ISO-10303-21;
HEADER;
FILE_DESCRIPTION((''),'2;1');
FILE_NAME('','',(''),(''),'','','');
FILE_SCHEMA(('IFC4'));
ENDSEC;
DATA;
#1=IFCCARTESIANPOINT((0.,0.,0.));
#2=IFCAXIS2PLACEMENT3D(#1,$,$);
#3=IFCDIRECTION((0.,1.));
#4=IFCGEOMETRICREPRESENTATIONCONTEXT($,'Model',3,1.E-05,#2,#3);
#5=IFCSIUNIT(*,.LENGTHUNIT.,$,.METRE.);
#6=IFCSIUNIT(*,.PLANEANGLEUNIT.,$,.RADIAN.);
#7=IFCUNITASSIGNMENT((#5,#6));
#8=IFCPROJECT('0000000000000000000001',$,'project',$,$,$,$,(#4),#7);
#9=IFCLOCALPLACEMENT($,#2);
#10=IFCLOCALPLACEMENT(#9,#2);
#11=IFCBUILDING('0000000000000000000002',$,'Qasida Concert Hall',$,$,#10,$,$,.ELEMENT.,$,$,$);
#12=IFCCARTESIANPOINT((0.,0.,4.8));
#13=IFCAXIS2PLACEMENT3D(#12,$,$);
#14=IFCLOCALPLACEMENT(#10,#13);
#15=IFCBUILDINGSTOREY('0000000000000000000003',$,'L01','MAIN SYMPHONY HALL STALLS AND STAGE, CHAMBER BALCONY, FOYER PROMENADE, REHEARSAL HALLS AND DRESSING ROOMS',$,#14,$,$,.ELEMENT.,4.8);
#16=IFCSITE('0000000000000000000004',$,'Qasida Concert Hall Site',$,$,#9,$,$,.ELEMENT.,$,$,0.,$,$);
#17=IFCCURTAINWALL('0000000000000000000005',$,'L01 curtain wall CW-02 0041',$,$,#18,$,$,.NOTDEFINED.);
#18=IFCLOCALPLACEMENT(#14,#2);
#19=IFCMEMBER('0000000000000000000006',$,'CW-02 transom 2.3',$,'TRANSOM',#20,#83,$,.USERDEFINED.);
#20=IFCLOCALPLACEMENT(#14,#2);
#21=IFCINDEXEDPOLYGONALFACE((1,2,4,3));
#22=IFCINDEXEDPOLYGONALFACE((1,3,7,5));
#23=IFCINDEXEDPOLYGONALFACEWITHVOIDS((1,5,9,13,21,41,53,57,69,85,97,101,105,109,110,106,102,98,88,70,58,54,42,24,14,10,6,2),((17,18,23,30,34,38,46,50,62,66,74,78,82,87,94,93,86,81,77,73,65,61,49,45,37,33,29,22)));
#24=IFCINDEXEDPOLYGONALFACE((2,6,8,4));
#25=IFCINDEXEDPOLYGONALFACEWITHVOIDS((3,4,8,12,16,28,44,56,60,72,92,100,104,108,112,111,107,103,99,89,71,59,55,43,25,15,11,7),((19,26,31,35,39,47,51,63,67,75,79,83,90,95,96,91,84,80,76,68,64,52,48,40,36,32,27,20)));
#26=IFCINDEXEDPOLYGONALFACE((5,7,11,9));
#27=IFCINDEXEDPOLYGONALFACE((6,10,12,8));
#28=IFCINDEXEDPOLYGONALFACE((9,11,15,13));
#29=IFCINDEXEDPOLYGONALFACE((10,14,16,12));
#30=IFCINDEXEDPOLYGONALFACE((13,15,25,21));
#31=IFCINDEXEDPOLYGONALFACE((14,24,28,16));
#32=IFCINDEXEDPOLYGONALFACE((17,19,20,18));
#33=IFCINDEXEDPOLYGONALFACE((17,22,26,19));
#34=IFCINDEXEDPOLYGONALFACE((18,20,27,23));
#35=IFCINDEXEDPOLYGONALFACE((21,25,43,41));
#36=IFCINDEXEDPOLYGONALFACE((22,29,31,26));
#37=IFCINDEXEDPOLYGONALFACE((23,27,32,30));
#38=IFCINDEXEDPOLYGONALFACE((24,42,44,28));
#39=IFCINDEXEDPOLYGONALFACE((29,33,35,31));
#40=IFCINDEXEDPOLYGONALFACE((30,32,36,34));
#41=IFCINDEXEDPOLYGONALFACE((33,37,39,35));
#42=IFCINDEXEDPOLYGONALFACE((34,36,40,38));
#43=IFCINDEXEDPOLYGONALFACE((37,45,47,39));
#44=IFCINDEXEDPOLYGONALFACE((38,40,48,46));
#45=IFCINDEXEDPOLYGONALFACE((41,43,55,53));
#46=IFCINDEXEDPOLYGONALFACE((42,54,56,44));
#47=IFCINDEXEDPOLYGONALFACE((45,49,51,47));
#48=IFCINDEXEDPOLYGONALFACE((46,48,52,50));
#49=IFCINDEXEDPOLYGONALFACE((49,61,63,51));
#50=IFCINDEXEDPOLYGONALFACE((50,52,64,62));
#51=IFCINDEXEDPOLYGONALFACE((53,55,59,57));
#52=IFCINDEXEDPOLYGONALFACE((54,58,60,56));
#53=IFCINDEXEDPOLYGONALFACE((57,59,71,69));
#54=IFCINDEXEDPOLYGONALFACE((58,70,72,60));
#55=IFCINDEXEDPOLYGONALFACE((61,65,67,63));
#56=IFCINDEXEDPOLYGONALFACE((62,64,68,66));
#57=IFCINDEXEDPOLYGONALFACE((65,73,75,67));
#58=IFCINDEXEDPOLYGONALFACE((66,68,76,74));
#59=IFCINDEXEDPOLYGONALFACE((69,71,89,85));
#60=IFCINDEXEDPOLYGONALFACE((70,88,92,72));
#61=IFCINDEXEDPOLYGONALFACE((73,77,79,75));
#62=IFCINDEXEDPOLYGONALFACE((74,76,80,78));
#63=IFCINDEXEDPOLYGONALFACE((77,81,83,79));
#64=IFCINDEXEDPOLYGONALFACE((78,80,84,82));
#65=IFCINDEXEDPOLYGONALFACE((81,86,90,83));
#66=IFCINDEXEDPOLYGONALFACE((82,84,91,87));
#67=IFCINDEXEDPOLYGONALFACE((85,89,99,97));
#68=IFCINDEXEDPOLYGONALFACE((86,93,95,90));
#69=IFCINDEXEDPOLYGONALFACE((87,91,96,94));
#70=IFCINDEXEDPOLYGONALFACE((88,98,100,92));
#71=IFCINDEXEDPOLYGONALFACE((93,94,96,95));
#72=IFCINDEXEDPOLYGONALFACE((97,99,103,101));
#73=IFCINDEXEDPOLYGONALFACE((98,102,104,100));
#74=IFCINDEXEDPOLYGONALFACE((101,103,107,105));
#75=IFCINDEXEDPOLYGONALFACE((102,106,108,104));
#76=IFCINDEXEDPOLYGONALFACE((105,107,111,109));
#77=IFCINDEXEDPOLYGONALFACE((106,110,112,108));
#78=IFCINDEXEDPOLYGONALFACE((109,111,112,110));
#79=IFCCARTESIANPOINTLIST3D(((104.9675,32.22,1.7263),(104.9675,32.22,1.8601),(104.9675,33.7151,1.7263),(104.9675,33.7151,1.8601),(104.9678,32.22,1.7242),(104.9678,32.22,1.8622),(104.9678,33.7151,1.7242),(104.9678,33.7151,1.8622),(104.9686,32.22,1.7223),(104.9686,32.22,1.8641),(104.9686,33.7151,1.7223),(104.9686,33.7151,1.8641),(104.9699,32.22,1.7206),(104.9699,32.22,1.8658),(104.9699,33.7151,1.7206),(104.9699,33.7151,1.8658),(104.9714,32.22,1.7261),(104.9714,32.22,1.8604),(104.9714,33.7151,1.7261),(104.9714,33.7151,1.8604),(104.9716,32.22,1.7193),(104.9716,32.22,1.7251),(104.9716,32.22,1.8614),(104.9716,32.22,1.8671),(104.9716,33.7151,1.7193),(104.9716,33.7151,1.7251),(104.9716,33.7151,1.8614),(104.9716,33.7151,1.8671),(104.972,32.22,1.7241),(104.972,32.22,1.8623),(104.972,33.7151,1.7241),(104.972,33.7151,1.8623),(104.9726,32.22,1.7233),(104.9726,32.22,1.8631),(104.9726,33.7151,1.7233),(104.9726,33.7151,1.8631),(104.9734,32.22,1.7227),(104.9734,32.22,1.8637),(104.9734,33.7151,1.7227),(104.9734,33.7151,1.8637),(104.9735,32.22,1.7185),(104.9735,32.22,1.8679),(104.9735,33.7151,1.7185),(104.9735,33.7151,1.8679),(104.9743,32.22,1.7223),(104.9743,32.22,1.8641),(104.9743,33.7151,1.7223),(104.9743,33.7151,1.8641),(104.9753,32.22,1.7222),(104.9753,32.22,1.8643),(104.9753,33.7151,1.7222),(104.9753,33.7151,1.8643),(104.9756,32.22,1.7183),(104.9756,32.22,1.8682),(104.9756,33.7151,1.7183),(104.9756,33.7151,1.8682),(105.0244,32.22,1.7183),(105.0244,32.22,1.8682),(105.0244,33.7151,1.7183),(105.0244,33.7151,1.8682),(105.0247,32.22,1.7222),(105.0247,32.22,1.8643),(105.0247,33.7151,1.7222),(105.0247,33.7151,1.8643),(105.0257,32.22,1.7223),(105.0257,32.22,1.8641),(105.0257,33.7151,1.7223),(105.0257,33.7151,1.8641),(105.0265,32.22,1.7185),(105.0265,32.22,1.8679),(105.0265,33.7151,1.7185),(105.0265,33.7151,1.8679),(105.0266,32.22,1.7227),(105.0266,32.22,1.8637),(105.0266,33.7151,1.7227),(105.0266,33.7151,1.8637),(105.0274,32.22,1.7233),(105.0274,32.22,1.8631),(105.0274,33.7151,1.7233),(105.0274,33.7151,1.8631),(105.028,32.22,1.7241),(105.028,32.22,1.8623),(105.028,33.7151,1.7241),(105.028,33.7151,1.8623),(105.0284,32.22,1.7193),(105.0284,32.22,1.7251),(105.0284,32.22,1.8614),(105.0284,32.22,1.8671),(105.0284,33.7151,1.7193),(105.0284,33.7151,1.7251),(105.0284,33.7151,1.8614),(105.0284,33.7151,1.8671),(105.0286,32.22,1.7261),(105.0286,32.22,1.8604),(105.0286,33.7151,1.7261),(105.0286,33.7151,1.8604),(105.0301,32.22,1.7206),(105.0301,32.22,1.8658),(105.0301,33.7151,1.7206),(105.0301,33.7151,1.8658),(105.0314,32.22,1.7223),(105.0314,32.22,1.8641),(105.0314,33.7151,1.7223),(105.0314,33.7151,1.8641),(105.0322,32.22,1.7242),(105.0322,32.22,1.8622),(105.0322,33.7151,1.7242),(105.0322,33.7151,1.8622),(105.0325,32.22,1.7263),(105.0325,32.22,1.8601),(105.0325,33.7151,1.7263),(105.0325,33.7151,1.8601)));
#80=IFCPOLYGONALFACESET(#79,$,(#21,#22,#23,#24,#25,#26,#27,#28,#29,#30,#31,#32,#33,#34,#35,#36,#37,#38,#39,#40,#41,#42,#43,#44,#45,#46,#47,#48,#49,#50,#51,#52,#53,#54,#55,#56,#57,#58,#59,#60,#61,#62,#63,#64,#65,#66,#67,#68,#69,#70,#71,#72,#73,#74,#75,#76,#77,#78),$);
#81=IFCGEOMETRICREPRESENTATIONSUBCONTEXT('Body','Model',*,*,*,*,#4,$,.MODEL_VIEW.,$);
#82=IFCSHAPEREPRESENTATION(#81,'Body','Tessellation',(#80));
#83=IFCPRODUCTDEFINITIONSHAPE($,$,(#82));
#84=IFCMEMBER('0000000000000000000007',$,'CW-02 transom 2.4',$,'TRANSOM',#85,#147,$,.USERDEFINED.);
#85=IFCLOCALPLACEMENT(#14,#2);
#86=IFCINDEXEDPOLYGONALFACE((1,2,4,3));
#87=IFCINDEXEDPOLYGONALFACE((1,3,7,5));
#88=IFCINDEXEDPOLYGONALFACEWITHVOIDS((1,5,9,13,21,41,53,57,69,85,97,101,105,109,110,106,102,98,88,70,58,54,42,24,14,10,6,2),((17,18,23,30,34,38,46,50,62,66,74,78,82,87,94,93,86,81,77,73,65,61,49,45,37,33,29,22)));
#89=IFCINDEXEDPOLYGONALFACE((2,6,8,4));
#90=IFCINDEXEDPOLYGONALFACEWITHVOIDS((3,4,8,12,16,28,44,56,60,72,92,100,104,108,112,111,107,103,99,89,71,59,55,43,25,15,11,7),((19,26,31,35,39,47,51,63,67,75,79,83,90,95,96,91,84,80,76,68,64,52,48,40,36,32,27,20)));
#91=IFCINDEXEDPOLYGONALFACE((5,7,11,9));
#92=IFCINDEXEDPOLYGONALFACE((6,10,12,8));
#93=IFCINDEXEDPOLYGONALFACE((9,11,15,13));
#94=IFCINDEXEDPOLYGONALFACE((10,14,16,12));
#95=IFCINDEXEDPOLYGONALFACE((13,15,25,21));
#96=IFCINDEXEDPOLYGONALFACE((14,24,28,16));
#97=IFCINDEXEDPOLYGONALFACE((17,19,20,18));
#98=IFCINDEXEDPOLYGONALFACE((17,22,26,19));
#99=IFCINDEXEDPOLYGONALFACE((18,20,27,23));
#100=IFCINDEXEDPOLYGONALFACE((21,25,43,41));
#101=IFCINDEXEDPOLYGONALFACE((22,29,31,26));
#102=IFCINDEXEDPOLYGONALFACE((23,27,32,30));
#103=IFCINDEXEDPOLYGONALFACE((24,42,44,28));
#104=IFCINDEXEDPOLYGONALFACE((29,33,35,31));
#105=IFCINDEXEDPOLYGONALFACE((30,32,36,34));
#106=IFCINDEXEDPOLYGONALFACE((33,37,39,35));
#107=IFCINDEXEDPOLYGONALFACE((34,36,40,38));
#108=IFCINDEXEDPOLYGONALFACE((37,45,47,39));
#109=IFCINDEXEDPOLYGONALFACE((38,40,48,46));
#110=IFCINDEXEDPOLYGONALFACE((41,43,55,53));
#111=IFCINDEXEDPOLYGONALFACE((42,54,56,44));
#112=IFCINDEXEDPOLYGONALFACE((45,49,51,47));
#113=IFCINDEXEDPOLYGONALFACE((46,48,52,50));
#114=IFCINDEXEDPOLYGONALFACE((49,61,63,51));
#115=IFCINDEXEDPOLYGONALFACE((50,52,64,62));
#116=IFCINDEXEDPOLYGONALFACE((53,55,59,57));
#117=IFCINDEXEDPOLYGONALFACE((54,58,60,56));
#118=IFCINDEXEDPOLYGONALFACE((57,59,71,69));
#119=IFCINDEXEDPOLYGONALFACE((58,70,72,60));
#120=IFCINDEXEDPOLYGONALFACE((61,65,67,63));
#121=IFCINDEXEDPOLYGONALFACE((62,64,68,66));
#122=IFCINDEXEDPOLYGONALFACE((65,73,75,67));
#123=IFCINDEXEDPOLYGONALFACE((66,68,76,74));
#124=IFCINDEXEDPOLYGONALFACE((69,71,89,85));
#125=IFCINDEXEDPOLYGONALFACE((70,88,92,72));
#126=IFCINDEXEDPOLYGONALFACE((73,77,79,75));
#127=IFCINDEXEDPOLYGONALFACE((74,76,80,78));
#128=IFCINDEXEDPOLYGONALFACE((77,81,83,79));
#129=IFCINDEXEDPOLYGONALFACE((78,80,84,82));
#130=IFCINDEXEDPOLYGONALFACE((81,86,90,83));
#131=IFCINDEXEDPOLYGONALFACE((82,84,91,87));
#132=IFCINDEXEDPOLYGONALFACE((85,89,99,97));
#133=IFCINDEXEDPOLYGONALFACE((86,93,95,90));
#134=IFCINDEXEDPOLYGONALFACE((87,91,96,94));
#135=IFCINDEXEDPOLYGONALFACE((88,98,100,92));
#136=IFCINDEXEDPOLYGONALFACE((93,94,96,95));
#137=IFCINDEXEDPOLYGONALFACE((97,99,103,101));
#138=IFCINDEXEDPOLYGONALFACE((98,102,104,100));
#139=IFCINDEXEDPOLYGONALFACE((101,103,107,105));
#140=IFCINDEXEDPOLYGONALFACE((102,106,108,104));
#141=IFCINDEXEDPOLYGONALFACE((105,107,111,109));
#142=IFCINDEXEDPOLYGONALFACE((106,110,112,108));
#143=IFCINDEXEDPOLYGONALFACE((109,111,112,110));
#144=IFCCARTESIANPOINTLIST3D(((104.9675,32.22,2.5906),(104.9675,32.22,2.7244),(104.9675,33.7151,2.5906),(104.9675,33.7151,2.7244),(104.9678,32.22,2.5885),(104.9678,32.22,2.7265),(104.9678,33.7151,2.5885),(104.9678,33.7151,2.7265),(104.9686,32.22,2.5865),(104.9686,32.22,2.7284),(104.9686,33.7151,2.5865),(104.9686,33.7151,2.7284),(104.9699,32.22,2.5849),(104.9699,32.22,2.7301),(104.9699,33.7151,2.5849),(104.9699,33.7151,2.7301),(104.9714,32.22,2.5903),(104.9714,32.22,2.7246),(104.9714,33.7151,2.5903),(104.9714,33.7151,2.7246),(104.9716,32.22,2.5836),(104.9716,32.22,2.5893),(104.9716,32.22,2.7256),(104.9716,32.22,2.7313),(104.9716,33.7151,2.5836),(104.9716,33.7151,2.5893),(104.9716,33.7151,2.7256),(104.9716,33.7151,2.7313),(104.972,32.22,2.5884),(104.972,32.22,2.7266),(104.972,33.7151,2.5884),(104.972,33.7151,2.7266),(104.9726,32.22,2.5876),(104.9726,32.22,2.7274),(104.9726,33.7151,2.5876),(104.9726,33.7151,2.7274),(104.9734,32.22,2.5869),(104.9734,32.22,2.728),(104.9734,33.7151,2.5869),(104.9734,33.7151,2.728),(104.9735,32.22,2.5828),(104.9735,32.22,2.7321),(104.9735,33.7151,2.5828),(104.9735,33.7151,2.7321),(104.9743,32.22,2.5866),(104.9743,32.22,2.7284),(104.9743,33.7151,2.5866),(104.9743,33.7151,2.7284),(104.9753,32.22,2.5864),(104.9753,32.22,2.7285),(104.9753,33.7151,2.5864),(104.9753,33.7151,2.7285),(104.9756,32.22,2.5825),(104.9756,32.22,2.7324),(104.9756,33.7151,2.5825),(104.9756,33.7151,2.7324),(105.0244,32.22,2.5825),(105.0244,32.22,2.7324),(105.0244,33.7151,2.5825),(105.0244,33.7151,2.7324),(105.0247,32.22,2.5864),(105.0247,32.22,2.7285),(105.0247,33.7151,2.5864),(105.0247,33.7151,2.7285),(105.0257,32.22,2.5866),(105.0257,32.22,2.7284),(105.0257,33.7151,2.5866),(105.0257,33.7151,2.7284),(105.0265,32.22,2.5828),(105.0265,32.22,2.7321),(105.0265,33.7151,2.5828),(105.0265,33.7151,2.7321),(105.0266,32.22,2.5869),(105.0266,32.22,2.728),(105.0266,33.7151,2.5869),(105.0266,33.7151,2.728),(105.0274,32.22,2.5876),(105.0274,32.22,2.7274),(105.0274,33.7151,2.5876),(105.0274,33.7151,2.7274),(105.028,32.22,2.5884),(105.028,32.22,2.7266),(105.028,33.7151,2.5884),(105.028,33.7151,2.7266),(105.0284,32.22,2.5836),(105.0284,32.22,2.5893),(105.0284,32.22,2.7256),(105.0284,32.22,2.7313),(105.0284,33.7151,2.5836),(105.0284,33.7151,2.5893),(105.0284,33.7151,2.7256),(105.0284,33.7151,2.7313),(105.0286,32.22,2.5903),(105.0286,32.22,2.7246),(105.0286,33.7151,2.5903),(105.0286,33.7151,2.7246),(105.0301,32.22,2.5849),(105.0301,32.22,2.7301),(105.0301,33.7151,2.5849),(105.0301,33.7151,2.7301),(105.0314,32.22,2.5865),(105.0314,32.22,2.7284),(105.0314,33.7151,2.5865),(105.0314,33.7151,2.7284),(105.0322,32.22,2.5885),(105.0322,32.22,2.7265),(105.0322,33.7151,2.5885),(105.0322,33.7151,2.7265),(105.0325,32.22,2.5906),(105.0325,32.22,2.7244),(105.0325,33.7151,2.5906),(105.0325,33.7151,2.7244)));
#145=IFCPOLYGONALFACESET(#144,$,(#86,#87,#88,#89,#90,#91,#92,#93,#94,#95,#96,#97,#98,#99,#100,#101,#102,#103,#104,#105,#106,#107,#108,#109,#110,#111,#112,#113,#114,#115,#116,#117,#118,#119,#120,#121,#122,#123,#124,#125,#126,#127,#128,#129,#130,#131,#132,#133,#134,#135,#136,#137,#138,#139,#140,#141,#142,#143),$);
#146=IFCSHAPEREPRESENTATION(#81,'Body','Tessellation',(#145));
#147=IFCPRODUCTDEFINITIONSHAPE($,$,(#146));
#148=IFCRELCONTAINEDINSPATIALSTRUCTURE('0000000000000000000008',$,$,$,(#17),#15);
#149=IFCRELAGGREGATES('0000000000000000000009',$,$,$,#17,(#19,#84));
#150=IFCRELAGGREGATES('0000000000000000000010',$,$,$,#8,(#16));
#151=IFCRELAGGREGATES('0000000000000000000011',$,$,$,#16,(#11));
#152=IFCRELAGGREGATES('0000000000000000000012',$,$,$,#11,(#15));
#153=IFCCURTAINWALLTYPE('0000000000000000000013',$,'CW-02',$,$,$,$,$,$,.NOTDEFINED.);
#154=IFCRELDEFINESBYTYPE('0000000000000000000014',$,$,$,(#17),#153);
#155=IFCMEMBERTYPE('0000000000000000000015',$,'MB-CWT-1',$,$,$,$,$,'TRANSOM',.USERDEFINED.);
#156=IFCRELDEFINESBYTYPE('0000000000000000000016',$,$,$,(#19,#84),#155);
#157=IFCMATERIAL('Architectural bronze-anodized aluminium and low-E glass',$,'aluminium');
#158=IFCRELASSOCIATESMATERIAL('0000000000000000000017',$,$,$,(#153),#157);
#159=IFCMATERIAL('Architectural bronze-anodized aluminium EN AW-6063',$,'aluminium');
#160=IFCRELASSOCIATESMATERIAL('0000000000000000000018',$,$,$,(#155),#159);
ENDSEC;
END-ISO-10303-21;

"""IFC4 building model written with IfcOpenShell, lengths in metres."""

from ifc_helpers import new_model, si_unit, direction, frame, origin, origin_2d, place, context, subcontext, project, spatial, hollow_rectangle, extrude, material, material_profile, profile_set, type_object, element, aggregate, save


model = new_model("IFC4")

# Units and contexts
model_context = context("Model", 3, precision=1e-05, world=origin(), true_north=direction((0.0, 1.0)))
body_context = subcontext(model_context, "Body", "Model", "MODEL_VIEW")
ifc_project = project(units=[si_unit("LENGTHUNIT", "METRE"), si_unit("PLANEANGLEUNIT", "RADIAN")], contexts=[model_context])

# Site, building, storey
site_placement = place(None, origin())
site = spatial("IfcSite", under=ifc_project, at=site_placement, Name="Qasida Concert Hall Site", CompositionType="ELEMENT", RefElevation=0.0)
building_placement = place(site_placement, origin())
building = spatial("IfcBuilding", under=site, at=building_placement, Name="Qasida Concert Hall", CompositionType="ELEMENT")
storey_placement = place(building_placement, frame((0.0, 0.0, 4.8)))
storey = spatial("IfcBuildingStorey", under=building, at=storey_placement, Name="L01", Description="MAIN SYMPHONY HALL STALLS AND STAGE, CHAMBER BALCONY, FOYER PROMENADE, REHEARSAL HALLS AND DRESSING ROOMS", CompositionType="ELEMENT", Elevation=4.8)

# Curtain wall, members
ifc_material_1 = material(Name="Architectural bronze-anodized aluminium and low-E glass", Category="aluminium")
curtain_wall_type = type_object("IfcCurtainWallType", Name="CW-02", PredefinedType="NOTDEFINED", material=ifc_material_1)
curtain_wall_placement = place(storey_placement, origin())
curtain_wall = element("IfcCurtainWall", 1, at=curtain_wall_placement, inside=storey, type_object=curtain_wall_type, Name="L01 curtain wall CW-02 0041", PredefinedType="NOTDEFINED")
ifc_material_2 = material(Name="Architectural bronze-anodized aluminium EN AW-6063", Category="aluminium")
ifc_material_profile_1 = material_profile(ifc_material_2, hollow_rectangle(XDim=0.0649, YDim=0.1499, WallThickness=0.0039, InnerFilletRadius=0.0039, OuterFilletRadius=0.0081, at=origin_2d()), Name="CWT 150x65x4")
ifc_profile_set_1 = profile_set([ifc_material_profile_1], Name="Architectural bronze-anodized aluminium EN AW-6063")
member_type_1 = type_object("IfcMemberType", Name="MB-CWT-1", ElementType="TRANSOM", PredefinedType="USERDEFINED", material=ifc_profile_set_1)
member_1_placement = place(storey_placement, frame((105.0, 32.22, 1.7932), z_axis=(0.0, 1.0, 0.0), x_axis=(-1.0, 0.0, 0.0)))
member_1 = element("IfcMember", 2, at=member_1_placement, type_object=member_type_1, Name="CW-02 transom 2.3", ObjectType="TRANSOM", PredefinedType="USERDEFINED", context=body_context, shape_type="SweptSolid", body=[
    extrude(hollow_rectangle(XDim=0.0649, YDim=0.1499, WallThickness=0.0039, InnerFilletRadius=0.0039, OuterFilletRadius=0.0081, at=origin_2d()), origin(), (0.0, 0.0, 1.0), 1.4951),
])
member_2_placement = place(storey_placement, frame((105.0, 32.22, 2.6575), z_axis=(0.0, 1.0, 0.0), x_axis=(-1.0, 0.0, 0.0)))
member_2 = element("IfcMember", 3, at=member_2_placement, type_object=member_type_1, Name="CW-02 transom 2.4", ObjectType="TRANSOM", PredefinedType="USERDEFINED", context=body_context, shape_type="SweptSolid", body=[
    extrude(hollow_rectangle(XDim=0.0649, YDim=0.1499, WallThickness=0.0039, InnerFilletRadius=0.0039, OuterFilletRadius=0.0081, at=origin_2d()), origin(), (0.0, 0.0, 1.0), 1.4951),
])
aggregate(curtain_wall, [member_1, member_2])

save(model, "model.ifc")
